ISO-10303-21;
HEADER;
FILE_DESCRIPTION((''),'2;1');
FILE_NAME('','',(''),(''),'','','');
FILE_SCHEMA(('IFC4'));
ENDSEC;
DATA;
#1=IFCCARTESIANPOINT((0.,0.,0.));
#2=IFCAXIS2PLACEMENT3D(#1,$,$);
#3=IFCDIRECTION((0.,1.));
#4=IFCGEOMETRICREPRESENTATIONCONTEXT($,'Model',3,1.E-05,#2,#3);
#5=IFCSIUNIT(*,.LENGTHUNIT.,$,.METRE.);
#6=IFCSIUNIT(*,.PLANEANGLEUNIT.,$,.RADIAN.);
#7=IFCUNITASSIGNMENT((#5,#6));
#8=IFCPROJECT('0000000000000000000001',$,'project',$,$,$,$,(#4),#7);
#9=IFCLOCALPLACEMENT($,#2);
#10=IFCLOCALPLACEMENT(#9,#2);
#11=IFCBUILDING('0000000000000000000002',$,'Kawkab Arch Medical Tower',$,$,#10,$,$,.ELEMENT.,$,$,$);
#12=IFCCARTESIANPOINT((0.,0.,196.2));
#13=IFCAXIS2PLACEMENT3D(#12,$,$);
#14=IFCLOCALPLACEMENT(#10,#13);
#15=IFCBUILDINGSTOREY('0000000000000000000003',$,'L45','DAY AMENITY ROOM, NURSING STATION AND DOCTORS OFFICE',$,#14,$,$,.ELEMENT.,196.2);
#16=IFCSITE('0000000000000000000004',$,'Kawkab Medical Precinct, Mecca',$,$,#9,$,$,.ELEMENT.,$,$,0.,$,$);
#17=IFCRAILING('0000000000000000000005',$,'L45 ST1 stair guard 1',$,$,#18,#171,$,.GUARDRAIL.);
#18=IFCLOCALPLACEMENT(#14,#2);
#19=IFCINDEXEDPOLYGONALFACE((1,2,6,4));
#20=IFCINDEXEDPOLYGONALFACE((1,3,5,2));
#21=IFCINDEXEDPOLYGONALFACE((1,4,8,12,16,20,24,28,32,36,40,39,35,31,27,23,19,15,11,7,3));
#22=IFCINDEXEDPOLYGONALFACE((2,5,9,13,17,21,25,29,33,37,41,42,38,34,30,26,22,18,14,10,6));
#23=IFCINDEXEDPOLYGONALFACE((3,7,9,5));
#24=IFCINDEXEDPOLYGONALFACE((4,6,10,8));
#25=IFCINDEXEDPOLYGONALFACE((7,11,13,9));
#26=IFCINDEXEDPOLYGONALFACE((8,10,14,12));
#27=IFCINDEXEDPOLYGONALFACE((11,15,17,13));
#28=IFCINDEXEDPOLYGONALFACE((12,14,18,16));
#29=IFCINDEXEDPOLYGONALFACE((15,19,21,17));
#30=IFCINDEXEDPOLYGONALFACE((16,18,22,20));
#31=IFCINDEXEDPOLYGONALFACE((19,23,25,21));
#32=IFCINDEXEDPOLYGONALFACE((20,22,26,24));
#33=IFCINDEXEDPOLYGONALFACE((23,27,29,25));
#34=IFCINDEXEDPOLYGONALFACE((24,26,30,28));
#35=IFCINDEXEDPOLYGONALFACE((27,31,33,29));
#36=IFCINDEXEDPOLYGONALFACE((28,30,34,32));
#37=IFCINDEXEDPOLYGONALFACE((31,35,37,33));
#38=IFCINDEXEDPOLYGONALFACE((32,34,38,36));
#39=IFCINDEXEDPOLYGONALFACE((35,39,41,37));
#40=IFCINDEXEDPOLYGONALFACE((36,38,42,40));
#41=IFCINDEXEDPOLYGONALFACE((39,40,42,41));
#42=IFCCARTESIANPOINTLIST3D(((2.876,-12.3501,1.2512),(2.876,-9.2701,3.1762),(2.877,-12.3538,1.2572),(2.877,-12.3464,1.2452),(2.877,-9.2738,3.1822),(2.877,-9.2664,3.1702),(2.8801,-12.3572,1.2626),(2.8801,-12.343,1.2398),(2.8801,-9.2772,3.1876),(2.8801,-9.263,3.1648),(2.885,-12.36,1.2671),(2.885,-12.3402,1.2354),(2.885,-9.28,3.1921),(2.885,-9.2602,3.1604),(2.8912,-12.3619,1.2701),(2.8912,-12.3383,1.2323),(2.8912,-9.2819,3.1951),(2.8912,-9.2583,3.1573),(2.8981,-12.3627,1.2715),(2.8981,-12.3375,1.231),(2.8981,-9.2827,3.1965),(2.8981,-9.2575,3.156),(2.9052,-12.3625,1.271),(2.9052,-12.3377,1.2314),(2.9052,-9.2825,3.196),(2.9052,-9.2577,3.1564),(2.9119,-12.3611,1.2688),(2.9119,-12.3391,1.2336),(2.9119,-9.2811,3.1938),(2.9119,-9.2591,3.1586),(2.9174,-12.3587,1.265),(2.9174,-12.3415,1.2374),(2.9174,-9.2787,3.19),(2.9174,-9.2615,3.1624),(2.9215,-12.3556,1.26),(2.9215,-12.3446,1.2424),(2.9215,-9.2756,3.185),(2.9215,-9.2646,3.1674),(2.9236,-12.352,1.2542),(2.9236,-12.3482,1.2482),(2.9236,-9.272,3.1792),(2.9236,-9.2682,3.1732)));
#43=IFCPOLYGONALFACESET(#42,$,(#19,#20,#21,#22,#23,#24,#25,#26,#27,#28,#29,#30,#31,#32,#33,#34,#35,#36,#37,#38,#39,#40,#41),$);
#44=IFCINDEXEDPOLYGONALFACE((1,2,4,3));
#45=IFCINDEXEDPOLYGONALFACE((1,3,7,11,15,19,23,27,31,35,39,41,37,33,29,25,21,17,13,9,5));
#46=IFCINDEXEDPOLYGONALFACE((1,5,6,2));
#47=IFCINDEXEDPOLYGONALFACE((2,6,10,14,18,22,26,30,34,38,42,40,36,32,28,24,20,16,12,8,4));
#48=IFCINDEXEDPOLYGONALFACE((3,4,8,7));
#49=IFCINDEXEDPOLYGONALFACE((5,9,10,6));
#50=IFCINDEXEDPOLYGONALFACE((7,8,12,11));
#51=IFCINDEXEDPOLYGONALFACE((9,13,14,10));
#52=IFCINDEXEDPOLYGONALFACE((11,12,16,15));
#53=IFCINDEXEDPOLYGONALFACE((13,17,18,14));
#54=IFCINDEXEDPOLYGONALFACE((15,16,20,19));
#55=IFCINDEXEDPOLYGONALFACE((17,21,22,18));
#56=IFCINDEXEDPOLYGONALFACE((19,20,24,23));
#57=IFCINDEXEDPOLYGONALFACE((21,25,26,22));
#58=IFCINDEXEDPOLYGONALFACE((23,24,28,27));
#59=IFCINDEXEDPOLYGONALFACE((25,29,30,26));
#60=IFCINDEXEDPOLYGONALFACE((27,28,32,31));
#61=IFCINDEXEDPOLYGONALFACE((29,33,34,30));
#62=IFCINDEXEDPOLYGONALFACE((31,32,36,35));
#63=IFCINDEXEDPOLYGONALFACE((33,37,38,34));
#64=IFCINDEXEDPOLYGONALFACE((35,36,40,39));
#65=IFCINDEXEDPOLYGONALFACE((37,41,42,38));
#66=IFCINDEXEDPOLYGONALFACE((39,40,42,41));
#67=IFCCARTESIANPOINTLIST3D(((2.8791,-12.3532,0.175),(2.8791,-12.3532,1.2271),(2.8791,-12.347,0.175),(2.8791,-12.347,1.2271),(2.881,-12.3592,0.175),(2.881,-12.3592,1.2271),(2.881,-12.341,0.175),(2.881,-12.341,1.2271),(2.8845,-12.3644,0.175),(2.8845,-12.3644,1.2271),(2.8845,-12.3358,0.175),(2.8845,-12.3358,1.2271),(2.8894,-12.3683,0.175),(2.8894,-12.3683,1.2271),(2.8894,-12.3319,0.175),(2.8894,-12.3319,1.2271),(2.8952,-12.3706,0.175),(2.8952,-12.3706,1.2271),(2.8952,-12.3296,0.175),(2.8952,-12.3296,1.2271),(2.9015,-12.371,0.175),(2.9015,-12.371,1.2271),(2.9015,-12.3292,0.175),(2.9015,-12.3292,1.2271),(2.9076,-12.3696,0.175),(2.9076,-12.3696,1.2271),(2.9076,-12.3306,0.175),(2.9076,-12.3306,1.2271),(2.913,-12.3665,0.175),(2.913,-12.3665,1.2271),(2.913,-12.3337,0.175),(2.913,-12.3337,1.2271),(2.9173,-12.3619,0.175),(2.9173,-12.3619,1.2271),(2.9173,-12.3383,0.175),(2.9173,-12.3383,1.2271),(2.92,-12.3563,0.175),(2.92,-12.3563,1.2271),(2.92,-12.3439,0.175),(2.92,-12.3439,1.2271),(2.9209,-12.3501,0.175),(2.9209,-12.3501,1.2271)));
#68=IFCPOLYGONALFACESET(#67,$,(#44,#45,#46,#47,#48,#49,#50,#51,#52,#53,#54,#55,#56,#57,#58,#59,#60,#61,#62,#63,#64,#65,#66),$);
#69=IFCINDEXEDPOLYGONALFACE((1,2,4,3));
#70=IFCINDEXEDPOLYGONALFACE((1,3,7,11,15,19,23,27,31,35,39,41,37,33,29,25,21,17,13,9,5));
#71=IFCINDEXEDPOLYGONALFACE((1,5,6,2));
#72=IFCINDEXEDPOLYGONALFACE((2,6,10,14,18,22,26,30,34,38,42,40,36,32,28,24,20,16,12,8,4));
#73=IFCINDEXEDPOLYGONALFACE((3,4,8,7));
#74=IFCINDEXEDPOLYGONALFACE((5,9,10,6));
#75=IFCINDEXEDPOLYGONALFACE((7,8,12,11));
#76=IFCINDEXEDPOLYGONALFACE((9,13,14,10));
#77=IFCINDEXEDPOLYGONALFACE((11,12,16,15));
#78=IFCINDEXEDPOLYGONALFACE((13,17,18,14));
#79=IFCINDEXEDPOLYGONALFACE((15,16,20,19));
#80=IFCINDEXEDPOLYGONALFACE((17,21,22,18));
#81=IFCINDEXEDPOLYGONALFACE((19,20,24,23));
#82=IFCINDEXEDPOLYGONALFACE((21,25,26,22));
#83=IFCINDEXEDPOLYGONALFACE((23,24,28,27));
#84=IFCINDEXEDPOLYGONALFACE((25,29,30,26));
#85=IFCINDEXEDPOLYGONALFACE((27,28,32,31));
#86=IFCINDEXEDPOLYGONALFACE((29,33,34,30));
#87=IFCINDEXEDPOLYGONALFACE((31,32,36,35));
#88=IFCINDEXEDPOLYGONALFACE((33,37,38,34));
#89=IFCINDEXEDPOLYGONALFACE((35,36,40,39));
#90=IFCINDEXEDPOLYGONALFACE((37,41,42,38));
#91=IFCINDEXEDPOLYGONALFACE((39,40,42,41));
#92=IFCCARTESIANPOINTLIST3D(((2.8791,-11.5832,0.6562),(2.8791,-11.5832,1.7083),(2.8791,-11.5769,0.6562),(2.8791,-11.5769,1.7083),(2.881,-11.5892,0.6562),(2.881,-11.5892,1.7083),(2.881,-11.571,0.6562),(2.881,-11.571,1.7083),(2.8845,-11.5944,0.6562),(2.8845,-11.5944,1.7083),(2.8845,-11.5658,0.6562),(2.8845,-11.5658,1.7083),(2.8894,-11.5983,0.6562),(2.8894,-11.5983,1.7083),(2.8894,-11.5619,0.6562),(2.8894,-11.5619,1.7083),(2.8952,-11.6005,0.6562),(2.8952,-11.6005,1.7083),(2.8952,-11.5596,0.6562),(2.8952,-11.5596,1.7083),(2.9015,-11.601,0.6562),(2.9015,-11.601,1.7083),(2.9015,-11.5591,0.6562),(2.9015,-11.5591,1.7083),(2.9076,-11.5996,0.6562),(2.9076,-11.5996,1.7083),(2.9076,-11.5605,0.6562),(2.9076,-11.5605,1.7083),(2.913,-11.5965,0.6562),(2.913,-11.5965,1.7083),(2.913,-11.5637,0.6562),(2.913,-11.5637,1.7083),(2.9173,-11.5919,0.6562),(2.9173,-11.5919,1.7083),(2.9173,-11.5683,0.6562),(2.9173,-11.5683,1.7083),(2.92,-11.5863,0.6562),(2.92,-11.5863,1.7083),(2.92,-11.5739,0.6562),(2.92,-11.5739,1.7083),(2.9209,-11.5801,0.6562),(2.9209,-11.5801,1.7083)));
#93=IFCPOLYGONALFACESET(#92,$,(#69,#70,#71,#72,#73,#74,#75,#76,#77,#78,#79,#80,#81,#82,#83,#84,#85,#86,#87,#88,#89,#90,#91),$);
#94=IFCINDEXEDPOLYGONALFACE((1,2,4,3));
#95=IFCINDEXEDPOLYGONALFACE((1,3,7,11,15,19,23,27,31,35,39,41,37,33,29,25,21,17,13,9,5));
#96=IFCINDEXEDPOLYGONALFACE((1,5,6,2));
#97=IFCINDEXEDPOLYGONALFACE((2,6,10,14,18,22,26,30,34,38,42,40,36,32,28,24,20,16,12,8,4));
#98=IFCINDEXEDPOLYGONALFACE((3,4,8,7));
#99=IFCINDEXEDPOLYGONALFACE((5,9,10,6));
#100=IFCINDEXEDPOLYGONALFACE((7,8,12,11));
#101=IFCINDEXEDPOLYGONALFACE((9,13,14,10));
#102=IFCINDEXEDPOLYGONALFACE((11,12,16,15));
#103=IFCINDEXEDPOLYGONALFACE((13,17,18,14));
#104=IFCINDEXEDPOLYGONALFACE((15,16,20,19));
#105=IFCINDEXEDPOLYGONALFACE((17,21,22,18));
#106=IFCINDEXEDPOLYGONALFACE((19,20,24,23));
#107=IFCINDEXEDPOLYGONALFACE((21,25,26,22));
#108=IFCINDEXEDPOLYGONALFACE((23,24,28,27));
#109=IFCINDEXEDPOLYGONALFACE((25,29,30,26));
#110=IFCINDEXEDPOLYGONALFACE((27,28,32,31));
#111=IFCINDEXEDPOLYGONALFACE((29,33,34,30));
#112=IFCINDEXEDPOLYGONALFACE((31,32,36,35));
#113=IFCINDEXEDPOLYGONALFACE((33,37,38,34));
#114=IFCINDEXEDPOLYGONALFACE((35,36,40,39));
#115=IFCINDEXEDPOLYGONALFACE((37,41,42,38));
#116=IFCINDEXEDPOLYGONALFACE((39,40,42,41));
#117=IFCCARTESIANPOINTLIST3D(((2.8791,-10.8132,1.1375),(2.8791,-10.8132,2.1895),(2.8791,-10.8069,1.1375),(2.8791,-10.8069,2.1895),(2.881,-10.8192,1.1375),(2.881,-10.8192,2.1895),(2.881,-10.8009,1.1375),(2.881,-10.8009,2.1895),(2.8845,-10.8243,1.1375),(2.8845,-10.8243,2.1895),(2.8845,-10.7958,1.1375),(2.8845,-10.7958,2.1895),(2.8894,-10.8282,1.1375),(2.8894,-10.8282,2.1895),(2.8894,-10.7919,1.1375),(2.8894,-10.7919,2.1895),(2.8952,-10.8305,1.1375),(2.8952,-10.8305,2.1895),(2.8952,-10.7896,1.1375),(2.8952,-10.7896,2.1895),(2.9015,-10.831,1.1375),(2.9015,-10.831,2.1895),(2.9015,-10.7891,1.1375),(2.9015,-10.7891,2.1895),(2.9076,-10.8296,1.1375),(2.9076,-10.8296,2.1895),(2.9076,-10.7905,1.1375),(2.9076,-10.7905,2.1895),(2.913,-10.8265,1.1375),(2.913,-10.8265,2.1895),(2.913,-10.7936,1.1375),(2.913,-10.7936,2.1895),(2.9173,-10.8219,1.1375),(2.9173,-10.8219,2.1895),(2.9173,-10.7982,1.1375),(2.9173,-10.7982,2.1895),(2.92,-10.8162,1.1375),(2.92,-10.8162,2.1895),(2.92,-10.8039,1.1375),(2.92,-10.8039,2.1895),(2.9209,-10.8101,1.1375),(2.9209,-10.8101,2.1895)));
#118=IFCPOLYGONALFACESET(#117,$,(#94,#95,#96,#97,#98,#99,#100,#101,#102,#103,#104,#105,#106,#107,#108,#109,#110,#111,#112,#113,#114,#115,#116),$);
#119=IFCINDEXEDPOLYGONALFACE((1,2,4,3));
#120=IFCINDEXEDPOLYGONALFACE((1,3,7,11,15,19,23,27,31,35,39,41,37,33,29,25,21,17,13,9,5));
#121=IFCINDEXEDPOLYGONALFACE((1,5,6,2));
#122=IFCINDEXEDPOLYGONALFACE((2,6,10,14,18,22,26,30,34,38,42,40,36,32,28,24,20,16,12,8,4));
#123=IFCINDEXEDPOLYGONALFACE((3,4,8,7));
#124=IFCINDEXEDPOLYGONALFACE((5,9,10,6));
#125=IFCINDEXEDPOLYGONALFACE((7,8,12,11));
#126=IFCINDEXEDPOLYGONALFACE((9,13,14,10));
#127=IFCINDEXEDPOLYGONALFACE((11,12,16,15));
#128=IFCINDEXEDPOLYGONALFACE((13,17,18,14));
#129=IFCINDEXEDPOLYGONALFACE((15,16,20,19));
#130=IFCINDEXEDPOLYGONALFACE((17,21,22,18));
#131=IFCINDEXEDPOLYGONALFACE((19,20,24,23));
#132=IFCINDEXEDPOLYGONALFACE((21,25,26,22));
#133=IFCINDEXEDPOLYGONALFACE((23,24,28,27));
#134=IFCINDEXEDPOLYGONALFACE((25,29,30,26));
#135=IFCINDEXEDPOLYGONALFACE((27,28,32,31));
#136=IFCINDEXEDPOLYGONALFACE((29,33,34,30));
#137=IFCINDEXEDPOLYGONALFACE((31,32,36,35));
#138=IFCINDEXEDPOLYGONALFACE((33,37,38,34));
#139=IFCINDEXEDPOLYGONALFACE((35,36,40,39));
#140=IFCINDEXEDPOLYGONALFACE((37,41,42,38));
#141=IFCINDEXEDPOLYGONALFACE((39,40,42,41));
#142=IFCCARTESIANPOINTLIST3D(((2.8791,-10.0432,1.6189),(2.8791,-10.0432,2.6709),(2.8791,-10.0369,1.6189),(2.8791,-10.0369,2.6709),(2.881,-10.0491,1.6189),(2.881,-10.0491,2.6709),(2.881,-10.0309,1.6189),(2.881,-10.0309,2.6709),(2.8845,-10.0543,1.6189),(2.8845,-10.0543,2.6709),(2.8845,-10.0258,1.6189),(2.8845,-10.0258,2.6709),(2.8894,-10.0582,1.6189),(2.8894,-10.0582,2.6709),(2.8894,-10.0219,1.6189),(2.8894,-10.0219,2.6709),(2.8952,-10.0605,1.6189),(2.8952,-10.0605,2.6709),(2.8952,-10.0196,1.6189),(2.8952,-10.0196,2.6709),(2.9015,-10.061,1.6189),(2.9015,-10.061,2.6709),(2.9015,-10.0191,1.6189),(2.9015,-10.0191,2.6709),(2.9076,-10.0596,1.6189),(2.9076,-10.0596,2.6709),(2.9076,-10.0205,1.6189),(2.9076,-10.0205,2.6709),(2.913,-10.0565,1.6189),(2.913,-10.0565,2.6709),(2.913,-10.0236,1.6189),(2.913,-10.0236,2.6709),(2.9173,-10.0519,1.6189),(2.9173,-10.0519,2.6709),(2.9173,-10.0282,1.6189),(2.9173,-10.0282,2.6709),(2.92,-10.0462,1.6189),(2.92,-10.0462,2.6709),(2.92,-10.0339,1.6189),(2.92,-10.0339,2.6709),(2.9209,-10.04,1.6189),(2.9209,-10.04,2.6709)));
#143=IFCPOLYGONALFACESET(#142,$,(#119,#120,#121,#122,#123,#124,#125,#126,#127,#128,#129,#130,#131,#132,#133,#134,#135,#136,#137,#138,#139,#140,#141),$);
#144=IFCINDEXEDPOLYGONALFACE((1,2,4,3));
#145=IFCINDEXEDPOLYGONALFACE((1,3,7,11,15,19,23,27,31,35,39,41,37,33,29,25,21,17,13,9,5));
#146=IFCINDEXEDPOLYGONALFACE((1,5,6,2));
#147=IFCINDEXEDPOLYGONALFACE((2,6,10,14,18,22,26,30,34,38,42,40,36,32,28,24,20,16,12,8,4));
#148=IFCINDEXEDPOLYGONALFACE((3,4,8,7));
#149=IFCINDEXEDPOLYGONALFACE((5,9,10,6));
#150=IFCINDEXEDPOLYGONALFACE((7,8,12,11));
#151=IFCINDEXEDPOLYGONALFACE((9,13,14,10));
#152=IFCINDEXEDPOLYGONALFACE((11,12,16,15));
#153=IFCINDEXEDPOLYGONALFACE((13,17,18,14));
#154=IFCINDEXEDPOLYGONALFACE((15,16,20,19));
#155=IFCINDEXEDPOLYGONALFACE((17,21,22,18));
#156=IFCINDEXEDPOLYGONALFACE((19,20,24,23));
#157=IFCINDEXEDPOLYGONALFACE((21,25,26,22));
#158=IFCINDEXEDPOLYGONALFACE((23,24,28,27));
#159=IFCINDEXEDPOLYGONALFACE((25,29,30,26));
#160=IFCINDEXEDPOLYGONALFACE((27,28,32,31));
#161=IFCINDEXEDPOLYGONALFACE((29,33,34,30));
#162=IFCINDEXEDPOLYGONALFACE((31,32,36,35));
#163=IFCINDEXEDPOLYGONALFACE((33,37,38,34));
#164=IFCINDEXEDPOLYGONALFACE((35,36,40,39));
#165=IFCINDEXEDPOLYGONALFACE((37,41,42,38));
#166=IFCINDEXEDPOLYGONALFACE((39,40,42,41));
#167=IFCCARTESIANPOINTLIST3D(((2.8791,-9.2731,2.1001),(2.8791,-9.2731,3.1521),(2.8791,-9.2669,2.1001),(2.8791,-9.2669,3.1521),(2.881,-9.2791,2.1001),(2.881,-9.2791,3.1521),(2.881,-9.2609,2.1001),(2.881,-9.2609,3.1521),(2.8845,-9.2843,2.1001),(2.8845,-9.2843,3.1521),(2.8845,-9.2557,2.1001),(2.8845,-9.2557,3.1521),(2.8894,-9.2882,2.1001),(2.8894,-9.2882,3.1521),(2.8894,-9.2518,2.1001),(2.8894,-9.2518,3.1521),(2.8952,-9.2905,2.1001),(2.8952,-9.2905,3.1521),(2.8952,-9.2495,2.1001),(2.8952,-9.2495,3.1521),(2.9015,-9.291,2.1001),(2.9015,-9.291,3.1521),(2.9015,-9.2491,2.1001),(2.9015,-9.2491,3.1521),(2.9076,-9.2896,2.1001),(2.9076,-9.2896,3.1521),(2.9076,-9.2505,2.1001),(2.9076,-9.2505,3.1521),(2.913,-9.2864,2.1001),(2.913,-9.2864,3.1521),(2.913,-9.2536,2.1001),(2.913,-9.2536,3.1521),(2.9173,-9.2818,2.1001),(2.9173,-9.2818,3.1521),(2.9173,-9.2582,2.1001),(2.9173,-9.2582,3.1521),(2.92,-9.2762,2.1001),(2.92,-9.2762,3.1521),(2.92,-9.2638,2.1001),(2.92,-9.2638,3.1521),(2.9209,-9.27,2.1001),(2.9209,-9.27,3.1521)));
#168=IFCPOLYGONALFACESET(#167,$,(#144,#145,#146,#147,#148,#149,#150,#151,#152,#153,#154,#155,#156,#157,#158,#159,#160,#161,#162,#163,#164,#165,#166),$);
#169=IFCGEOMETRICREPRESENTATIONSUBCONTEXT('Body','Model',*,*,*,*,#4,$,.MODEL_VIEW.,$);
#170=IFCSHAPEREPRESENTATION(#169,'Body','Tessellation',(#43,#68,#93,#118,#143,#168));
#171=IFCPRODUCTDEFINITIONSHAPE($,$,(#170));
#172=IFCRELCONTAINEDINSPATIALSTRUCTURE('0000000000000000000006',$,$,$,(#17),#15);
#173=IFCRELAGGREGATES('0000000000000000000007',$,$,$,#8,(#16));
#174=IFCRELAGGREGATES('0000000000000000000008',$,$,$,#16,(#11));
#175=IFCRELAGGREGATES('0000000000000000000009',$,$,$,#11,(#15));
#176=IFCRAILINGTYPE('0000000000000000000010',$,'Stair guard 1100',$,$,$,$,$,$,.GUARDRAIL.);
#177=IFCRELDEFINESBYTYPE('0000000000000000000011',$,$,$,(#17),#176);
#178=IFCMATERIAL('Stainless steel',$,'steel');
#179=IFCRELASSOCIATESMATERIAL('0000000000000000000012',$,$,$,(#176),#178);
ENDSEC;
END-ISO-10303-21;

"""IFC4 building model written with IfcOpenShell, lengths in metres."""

from ifc_helpers import new_model, si_unit, direction, frame, origin, origin_2d, place, context, subcontext, project, spatial, circle, extrude, material, type_object, element, save


model = new_model("IFC4")

# Units and contexts
model_context = context("Model", 3, precision=1e-05, world=origin(), true_north=direction((0.0, 1.0)))
body_context = subcontext(model_context, "Body", "Model", "MODEL_VIEW")
ifc_project = project(units=[si_unit("LENGTHUNIT", "METRE"), si_unit("PLANEANGLEUNIT", "RADIAN")], contexts=[model_context])

# Site, building, storey
site_placement = place(None, origin())
site = spatial("IfcSite", under=ifc_project, at=site_placement, Name="Kawkab Medical Precinct, Mecca", CompositionType="ELEMENT", RefElevation=0.0)
building_placement = place(site_placement, origin())
building = spatial("IfcBuilding", under=site, at=building_placement, Name="Kawkab Arch Medical Tower", CompositionType="ELEMENT")
storey_placement = place(building_placement, frame((0.0, 0.0, 196.2)))
storey = spatial("IfcBuildingStorey", under=building, at=storey_placement, Name="L45", Description="DAY AMENITY ROOM, NURSING STATION AND DOCTORS OFFICE", CompositionType="ELEMENT", Elevation=196.2)

# Railing
ifc_material_1 = material(Name="Stainless steel", Category="steel")
railing_type = type_object("IfcRailingType", Name="Stair guard 1100", PredefinedType="GUARDRAIL", material=ifc_material_1)
railing_placement = place(storey_placement, frame((2.8999, -12.3501, 0.175)))
element("IfcRailing", 1, at=railing_placement, inside=storey, type_object=railing_type, Name="L45 ST1 stair guard 1", PredefinedType="GUARDRAIL", context=body_context, shape_type="SweptSolid", body=[
    extrude(circle(Radius=0.0239, at=origin_2d()), frame((0.0, 0.0, 1.0762), z_axis=(0.0, 0.847998, 0.529999), x_axis=(-1.0, 0.0, 0.0)), (0.0, 0.0, 1.0), 3.6321),
    extrude(circle(Radius=0.021, at=origin_2d()), origin(), (0.0, 0.0, 1.0), 1.052),
    extrude(circle(Radius=0.021, at=origin_2d()), frame((0.0, 0.77, 0.4812)), (0.0, 0.0, 1.0), 1.052),
    extrude(circle(Radius=0.021, at=origin_2d()), frame((0.0, 1.54, 0.9624)), (0.0, 0.0, 1.0), 1.052),
    extrude(circle(Radius=0.021, at=origin_2d()), frame((0.0, 2.3101, 1.4438)), (0.0, 0.0, 1.0), 1.052),
    extrude(circle(Radius=0.021, at=origin_2d()), frame((0.0, 3.0801, 1.925)), (0.0, 0.0, 1.0), 1.052),
])

save(model, "model.ifc")
